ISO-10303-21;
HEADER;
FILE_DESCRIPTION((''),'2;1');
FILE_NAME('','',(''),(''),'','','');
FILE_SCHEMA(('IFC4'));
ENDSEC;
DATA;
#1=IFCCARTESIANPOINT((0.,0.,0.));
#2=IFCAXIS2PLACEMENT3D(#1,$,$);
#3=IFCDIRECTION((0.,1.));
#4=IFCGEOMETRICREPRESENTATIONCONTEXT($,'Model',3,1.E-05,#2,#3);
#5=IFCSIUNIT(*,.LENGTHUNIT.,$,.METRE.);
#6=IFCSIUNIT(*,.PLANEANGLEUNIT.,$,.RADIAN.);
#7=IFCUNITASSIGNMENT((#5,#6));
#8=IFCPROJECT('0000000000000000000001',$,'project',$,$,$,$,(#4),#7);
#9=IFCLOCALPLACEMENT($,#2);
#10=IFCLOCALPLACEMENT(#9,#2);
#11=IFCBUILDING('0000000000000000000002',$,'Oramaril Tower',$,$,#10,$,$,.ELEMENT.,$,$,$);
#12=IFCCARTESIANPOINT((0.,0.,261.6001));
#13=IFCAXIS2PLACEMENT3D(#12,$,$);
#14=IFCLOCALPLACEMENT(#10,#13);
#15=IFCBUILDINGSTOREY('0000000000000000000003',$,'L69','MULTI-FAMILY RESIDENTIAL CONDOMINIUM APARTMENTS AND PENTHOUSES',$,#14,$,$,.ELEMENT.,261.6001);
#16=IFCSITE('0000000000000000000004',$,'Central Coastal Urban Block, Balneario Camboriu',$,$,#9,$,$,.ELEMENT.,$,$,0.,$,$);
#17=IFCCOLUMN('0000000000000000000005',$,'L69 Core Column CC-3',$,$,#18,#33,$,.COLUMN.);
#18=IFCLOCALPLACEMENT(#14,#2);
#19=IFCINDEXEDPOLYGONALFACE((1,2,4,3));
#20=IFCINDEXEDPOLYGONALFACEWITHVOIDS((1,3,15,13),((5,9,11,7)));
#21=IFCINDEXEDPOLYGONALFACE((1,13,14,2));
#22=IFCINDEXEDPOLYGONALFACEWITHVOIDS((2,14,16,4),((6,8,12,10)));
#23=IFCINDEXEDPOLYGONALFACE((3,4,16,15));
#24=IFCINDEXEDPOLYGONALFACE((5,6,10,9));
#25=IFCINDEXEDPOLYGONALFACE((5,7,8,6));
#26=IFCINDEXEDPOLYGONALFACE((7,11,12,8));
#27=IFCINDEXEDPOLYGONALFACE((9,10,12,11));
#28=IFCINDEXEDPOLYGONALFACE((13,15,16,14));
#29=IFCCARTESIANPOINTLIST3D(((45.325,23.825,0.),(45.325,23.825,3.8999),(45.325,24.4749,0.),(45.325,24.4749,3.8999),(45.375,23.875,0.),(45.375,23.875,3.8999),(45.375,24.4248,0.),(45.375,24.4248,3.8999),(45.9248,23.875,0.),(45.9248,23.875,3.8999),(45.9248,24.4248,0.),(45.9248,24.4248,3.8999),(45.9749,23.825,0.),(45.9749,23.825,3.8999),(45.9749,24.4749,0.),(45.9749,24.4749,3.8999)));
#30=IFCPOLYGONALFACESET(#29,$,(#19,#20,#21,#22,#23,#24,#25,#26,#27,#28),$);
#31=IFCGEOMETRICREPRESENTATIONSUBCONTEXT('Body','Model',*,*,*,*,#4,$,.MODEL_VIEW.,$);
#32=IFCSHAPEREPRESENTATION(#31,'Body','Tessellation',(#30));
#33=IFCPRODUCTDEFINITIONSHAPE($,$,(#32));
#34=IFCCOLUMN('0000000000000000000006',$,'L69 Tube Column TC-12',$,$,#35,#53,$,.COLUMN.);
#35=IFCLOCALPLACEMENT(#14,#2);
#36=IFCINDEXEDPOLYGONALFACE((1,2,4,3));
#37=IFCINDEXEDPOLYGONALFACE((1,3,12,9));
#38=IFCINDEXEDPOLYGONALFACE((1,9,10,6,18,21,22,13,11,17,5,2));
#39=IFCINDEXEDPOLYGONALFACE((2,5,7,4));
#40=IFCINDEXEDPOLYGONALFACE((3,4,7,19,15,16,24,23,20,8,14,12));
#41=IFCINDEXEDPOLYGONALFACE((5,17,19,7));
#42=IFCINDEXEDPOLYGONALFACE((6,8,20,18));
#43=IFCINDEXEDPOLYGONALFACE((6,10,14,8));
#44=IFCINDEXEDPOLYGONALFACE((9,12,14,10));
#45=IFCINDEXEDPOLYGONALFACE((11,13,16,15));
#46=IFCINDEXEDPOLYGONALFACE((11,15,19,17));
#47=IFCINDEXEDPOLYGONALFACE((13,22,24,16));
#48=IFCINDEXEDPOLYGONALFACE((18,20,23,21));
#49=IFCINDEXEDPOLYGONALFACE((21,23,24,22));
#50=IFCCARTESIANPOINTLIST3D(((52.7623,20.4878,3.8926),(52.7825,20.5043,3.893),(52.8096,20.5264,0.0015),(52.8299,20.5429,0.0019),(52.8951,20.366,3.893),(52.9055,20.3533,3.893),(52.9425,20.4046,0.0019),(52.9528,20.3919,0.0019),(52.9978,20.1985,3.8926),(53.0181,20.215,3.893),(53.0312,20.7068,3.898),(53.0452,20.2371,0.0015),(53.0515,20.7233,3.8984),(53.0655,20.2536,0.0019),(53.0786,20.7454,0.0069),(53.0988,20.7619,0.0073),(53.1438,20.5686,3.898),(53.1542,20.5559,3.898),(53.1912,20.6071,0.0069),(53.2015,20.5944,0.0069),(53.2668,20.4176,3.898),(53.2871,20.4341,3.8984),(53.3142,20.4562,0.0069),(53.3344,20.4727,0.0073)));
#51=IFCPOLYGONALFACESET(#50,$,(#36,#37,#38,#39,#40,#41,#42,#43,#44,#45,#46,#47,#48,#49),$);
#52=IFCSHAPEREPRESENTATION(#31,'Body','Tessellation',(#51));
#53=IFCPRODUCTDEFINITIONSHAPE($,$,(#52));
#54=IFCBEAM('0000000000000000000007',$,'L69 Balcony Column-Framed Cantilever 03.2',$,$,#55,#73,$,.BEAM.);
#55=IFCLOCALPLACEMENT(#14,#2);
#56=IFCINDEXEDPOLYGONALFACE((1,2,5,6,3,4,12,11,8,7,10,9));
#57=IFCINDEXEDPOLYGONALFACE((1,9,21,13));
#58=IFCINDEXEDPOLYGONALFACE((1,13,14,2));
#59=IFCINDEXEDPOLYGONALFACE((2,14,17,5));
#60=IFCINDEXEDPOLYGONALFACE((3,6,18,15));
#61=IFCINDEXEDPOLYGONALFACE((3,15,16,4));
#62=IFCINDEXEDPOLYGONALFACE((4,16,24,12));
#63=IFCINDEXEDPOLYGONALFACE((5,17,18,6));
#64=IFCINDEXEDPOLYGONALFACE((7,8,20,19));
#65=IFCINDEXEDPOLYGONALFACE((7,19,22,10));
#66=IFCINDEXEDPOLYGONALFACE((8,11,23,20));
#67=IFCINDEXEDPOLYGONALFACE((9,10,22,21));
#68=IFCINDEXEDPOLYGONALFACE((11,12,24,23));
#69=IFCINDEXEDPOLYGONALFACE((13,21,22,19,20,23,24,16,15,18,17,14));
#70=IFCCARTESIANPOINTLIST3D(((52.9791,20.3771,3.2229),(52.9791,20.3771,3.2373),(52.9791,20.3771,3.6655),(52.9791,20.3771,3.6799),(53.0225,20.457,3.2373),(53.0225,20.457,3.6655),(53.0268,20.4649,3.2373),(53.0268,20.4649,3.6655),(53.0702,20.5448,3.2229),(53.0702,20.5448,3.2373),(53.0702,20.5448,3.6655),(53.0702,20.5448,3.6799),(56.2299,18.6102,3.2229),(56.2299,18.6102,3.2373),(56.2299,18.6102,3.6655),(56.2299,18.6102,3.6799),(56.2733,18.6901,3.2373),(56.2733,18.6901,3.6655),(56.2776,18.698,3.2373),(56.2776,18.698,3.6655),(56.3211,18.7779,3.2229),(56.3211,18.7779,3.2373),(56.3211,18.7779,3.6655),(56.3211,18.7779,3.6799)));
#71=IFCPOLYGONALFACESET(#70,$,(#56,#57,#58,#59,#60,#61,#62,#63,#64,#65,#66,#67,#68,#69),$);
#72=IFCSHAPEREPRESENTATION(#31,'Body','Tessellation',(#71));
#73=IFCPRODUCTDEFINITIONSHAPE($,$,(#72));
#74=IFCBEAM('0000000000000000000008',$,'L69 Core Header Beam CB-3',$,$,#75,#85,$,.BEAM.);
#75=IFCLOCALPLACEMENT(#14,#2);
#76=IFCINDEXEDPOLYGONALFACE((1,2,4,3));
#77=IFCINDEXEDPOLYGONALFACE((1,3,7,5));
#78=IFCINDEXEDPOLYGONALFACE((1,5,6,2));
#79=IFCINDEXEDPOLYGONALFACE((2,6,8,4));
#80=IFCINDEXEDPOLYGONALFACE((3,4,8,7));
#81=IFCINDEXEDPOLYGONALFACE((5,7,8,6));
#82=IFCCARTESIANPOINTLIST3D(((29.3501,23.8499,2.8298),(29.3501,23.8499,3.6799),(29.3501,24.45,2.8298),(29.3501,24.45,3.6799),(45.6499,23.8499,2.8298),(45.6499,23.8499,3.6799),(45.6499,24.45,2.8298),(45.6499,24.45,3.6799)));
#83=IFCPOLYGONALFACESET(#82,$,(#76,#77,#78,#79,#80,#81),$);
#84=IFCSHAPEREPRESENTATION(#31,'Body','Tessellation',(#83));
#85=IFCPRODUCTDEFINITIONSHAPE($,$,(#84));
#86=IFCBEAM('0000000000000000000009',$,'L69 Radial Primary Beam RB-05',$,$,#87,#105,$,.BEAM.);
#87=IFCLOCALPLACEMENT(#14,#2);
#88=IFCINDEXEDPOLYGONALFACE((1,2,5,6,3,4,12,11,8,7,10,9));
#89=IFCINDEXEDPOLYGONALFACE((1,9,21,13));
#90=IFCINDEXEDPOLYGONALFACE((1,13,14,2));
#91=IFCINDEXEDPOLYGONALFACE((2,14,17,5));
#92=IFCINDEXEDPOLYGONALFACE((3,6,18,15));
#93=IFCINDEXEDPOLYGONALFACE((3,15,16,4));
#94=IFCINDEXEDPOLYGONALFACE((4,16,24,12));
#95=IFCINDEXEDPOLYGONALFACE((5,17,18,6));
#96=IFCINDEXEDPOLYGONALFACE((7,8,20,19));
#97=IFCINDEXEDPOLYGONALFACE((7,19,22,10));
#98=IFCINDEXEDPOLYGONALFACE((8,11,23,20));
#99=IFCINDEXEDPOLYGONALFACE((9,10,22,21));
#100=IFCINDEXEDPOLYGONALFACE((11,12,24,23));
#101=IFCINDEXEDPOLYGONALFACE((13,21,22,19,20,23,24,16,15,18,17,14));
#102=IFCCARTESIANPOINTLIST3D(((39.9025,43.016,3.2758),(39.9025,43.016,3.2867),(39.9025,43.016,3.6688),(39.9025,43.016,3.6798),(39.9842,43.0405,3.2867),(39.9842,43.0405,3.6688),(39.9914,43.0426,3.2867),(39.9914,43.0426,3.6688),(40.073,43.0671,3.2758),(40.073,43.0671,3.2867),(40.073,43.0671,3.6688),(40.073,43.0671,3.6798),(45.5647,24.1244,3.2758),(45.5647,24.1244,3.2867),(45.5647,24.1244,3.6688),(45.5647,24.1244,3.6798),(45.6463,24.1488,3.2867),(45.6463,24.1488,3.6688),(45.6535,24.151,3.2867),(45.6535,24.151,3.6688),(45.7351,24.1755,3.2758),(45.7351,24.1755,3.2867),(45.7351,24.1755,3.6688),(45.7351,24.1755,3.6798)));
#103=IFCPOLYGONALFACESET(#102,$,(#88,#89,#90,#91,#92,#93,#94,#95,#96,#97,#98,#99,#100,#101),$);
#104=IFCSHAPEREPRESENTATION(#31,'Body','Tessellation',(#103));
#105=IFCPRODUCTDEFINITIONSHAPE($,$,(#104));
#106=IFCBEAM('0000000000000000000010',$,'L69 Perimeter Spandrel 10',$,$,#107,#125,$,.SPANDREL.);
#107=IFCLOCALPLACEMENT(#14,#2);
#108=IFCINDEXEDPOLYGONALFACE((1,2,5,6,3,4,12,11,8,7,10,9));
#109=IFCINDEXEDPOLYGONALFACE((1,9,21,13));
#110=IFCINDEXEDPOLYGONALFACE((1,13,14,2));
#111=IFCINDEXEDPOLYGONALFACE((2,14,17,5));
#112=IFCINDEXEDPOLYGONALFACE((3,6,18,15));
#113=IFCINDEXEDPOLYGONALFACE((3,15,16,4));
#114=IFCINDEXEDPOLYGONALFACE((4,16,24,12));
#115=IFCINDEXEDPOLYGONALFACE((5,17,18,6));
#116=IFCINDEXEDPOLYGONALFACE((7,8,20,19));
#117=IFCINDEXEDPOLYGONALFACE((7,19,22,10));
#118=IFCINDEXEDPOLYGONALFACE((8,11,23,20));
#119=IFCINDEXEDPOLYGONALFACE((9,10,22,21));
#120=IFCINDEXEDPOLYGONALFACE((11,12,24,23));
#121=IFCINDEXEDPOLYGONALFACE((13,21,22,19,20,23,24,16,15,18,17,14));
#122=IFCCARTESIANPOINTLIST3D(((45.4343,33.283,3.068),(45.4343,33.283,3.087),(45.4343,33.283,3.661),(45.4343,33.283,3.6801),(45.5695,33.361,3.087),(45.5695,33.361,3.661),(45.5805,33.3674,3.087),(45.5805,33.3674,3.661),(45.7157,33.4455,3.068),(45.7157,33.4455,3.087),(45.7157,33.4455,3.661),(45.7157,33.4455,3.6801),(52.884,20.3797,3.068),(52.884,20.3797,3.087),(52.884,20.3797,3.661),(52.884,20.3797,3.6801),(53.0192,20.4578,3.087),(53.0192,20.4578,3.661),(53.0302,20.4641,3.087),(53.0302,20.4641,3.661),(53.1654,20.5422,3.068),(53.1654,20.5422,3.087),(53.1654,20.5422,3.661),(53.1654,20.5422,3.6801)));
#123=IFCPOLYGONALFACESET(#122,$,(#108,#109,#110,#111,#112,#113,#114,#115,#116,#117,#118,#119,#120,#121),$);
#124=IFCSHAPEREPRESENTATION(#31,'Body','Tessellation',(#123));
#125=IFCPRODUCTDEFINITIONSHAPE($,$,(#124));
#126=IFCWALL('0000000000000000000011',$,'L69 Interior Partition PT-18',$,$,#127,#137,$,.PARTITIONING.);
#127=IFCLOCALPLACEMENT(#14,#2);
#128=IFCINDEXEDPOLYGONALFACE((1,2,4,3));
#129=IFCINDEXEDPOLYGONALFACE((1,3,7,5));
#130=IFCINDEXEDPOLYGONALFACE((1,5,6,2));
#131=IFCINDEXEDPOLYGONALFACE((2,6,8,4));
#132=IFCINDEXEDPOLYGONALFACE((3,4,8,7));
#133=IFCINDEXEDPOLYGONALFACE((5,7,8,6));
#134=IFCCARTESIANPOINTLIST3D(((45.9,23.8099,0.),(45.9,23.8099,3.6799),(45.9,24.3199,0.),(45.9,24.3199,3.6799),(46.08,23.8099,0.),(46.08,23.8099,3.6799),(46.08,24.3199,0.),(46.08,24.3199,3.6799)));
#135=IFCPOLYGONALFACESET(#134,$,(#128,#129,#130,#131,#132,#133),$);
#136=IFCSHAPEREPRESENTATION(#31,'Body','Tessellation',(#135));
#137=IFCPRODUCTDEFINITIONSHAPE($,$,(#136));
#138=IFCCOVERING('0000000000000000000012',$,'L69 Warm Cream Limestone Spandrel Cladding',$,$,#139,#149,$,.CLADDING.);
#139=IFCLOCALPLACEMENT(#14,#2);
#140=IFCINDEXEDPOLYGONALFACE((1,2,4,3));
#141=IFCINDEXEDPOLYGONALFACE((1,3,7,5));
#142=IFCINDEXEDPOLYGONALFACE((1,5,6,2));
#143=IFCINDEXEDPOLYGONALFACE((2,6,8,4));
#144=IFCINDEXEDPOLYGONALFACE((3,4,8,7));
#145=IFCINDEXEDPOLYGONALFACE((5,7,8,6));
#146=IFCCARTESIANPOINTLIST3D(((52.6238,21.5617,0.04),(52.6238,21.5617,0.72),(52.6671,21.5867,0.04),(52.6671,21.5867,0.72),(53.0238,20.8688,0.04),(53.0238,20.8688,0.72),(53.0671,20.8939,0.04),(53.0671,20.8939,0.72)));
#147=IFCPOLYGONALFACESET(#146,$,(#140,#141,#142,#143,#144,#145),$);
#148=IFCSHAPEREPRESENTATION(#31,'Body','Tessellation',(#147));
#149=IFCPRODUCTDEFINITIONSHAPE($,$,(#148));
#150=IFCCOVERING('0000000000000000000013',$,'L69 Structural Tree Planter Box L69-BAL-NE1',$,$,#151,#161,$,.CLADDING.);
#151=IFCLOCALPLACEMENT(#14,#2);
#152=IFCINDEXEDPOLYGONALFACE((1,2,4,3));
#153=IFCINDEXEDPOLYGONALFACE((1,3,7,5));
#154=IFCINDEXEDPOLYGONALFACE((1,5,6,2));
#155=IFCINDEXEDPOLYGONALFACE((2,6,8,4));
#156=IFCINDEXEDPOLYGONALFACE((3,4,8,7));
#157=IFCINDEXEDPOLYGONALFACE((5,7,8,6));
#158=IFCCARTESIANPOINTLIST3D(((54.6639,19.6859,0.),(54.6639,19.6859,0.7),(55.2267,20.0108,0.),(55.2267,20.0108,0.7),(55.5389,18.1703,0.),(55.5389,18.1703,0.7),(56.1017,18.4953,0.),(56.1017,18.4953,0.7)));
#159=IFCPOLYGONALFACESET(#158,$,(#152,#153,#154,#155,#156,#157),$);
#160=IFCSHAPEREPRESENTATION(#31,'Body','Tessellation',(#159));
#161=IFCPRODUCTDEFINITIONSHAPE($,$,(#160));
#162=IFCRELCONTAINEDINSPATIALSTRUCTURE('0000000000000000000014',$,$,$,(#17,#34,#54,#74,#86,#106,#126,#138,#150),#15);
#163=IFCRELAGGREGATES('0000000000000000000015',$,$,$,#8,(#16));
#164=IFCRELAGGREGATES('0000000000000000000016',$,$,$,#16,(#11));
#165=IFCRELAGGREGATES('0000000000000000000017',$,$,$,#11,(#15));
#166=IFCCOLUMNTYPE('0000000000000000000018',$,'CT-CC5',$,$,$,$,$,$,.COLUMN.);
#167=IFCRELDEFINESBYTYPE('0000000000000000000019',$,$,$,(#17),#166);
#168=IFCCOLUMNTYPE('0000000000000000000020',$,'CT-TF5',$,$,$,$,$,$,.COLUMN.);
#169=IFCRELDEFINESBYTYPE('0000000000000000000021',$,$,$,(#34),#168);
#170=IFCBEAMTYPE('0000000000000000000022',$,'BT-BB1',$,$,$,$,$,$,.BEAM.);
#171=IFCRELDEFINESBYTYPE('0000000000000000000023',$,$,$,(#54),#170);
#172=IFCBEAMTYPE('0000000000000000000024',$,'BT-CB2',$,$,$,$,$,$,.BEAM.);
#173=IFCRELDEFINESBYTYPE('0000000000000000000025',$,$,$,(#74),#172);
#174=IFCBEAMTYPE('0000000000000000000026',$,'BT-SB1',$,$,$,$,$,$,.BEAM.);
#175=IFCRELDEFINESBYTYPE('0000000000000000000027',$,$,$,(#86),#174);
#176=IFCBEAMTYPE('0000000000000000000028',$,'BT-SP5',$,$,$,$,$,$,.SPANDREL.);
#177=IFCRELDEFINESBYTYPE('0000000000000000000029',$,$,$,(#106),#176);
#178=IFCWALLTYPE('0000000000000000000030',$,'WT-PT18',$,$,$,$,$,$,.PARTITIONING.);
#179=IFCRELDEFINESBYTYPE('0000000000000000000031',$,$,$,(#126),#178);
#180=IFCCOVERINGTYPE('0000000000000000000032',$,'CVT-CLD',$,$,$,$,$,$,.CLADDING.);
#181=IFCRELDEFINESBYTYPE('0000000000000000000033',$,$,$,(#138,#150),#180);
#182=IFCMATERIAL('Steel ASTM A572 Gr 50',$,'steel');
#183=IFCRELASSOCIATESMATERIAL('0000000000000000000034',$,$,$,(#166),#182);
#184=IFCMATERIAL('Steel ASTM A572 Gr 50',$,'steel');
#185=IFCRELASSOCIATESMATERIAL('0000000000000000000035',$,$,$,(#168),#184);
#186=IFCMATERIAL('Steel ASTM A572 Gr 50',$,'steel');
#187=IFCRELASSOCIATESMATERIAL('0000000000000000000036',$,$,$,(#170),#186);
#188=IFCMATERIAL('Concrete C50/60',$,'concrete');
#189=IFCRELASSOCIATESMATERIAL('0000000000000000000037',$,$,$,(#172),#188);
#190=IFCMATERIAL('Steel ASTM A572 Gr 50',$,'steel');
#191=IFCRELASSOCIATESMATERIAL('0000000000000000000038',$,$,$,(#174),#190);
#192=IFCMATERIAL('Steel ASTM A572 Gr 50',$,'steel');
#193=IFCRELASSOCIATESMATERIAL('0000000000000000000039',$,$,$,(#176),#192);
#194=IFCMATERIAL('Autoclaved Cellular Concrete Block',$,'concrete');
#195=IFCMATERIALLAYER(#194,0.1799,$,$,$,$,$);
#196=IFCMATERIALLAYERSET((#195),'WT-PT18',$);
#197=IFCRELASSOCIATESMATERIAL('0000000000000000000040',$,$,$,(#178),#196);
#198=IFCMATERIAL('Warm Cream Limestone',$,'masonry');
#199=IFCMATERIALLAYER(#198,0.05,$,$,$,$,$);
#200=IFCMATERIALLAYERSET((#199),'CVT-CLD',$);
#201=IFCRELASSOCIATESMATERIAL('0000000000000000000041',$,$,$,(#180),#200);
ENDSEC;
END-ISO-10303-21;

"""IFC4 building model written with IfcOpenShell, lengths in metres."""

from ifc_helpers import new_model, si_unit, direction, frame, frame_2d, origin, origin_2d, place, context, subcontext, project, spatial, rectangle, hollow_rectangle, i_section, extrude, material, layer, layer_set, material_profile, profile_set, type_object, element, save


model = new_model("IFC4")

# Units and contexts
model_context = context("Model", 3, precision=1e-05, world=origin(), true_north=direction((0.0, 1.0)))
body_context = subcontext(model_context, "Body", "Model", "MODEL_VIEW")
ifc_project = project(units=[si_unit("LENGTHUNIT", "METRE"), si_unit("PLANEANGLEUNIT", "RADIAN")], contexts=[model_context])

# Site, building, storey
site_placement = place(None, origin())
site = spatial("IfcSite", under=ifc_project, at=site_placement, Name="Central Coastal Urban Block, Balneario Camboriu", CompositionType="ELEMENT", RefElevation=0.0)
building_placement = place(site_placement, origin())
building = spatial("IfcBuilding", under=site, at=building_placement, Name="Oramaril Tower", CompositionType="ELEMENT")
storey_placement = place(building_placement, frame((0.0, 0.0, 261.6001)))
storey = spatial("IfcBuildingStorey", under=building, at=storey_placement, Name="L69", Description="MULTI-FAMILY RESIDENTIAL CONDOMINIUM APARTMENTS AND PENTHOUSES", CompositionType="ELEMENT", Elevation=261.6001)

# Columns
ifc_material_1 = material(Name="Steel ASTM A572 Gr 50", Category="steel")
ifc_material_profile_1 = material_profile(ifc_material_1, hollow_rectangle(XDim=0.6499, YDim=0.6499, WallThickness=0.05, at=origin_2d()), Name="BOX650X650X50")
ifc_profile_set_1 = profile_set([ifc_material_profile_1], Name="Steel ASTM A572 Gr 50")
column_type_1 = type_object("IfcColumnType", Name="CT-CC5", PredefinedType="COLUMN", material=ifc_profile_set_1)
column_1_placement = place(storey_placement, frame((45.6499, 24.1499, 0.0), z_axis=(0.0, 0.0, 1.0), x_axis=(1.0, 0.0, 0.0)))
element("IfcColumn", 1, at=column_1_placement, inside=storey, type_object=column_type_1, Name="L69 Core Column CC-3", PredefinedType="COLUMN", context=body_context, shape_type="SweptSolid", body=[
    extrude(hollow_rectangle(XDim=0.6499, YDim=0.6499, WallThickness=0.05, at=origin_2d()), origin(), (0.0, 0.0, 1.0), 3.8999),
])
ifc_material_2 = material(Name="Steel ASTM A572 Gr 50", Category="steel")
ifc_material_profile_2 = material_profile(ifc_material_2, i_section(OverallWidth=0.373, OverallDepth=0.373, WebThickness=0.0164, FlangeThickness=0.0261, at=origin_2d()), Name="W14X132")
ifc_profile_set_2 = profile_set([ifc_material_profile_2], Name="Steel ASTM A572 Gr 50")
column_type_2 = type_object("IfcColumnType", Name="CT-TF5", PredefinedType="COLUMN", material=ifc_profile_set_2)
column_2_placement = place(storey_placement, frame((53.072, 20.4995, 0.0044), z_axis=(-0.012171, -0.009912, 0.999877), x_axis=(0.631495, -0.77538, 0.0)))
element("IfcColumn", 2, at=column_2_placement, inside=storey, type_object=column_type_2, Name="L69 Tube Column TC-12", PredefinedType="COLUMN", context=body_context, shape_type="SweptSolid", body=[
    extrude(i_section(OverallWidth=0.373, OverallDepth=0.373, WebThickness=0.0164, FlangeThickness=0.0261, at=origin_2d()), origin(), (0.0, 0.0, 1.0), 3.8916),
])

# Beams
ifc_material_3 = material(Name="Steel ASTM A572 Gr 50", Category="steel")
ifc_material_profile_3 = material_profile(ifc_material_3, i_section(OverallWidth=0.1909, OverallDepth=0.457, WebThickness=0.009, FlangeThickness=0.0144, at=origin_2d()), Name="W18X50")
ifc_profile_set_3 = profile_set([ifc_material_profile_3], Name="Steel ASTM A572 Gr 50")
beam_type_1 = type_object("IfcBeamType", Name="BT-BB1", PredefinedType="BEAM", material=ifc_profile_set_3)
beam_1_placement = place(storey_placement, frame((53.0247, 20.4609, 3.4514), z_axis=(0.878608, -0.477543, 0.0), x_axis=(0.477543, 0.878608, 0.0)))
element("IfcBeam", 3, at=beam_1_placement, inside=storey, type_object=beam_type_1, Name="L69 Balcony Column-Framed Cantilever 03.2", PredefinedType="BEAM", context=body_context, shape_type="SweptSolid", body=[
    extrude(i_section(OverallWidth=0.1909, OverallDepth=0.457, WebThickness=0.009, FlangeThickness=0.0144, at=origin_2d()), origin(), (0.0, 0.0, 1.0), 3.7),
])
ifc_material_4 = material(Name="Concrete C50/60", Category="concrete")
ifc_material_profile_4 = material_profile(ifc_material_4, rectangle(XDim=0.6001, YDim=0.8501, at=origin_2d()), Name="CB600X850")
ifc_profile_set_4 = profile_set([ifc_material_profile_4], Name="Concrete C50/60")
beam_type_2 = type_object("IfcBeamType", Name="BT-CB2", PredefinedType="BEAM", material=ifc_profile_set_4)
beam_2_placement = place(storey_placement, frame((45.6499, 24.1499, 3.2549), z_axis=(-1.0, 0.0, 0.0), x_axis=(0.0, -1.0, 0.0)))
element("IfcBeam", 4, at=beam_2_placement, inside=storey, type_object=beam_type_2, Name="L69 Core Header Beam CB-3", PredefinedType="BEAM", context=body_context, shape_type="SweptSolid", body=[
    extrude(rectangle(XDim=0.6001, YDim=0.8501, at=origin_2d()), origin(), (0.0, 0.0, 1.0), 16.2998),
])
ifc_material_5 = material(Name="Steel ASTM A572 Gr 50", Category="steel")
ifc_material_profile_5 = material_profile(ifc_material_5, i_section(OverallWidth=0.178, OverallDepth=0.4041, WebThickness=0.0076, FlangeThickness=0.011, at=origin_2d()), Name="W16X36")
ifc_profile_set_5 = profile_set([ifc_material_profile_5], Name="Steel ASTM A572 Gr 50")
beam_type_3 = type_object("IfcBeamType", Name="BT-SB1", PredefinedType="BEAM", material=ifc_profile_set_5)
beam_3_placement = place(storey_placement, frame((45.6499, 24.1499, 3.4778), z_axis=(-0.287098, 0.957901, 0.0), x_axis=(-0.957901, -0.287098, 0.0)))
element("IfcBeam", 5, at=beam_3_placement, inside=storey, type_object=beam_type_3, Name="L69 Radial Primary Beam RB-05", PredefinedType="BEAM", context=body_context, shape_type="SweptSolid", body=[
    extrude(i_section(OverallWidth=0.178, OverallDepth=0.4041, WebThickness=0.0076, FlangeThickness=0.011, at=origin_2d()), origin(), (0.0, 0.0, 1.0), 19.7219),
])
ifc_material_6 = material(Name="Steel ASTM A572 Gr 50", Category="steel")
ifc_material_profile_6 = material_profile(ifc_material_6, i_section(OverallWidth=0.325, OverallDepth=0.6121, WebThickness=0.0127, FlangeThickness=0.019, at=origin_2d()), Name="W24X104")
ifc_profile_set_6 = profile_set([ifc_material_profile_6], Name="Steel ASTM A572 Gr 50")
beam_type_4 = type_object("IfcBeamType", Name="BT-SP5", PredefinedType="SPANDREL", material=ifc_profile_set_6)
beam_4_placement = place(storey_placement, frame((53.0247, 20.4609, 3.374), z_axis=(-0.499999, 0.866026, 0.0), x_axis=(-0.866026, -0.499999, 0.0)))
element("IfcBeam", 6, at=beam_4_placement, inside=storey, type_object=beam_type_4, Name="L69 Perimeter Spandrel 10", PredefinedType="SPANDREL", context=body_context, shape_type="SweptSolid", body=[
    extrude(i_section(OverallWidth=0.325, OverallDepth=0.6121, WebThickness=0.0127, FlangeThickness=0.019, at=origin_2d()), origin(), (0.0, 0.0, 1.0), 14.8994),
])

# Wall
ifc_material_7 = material(Name="Autoclaved Cellular Concrete Block", Category="concrete")
ifc_layer_1 = layer(ifc_material_7, 0.1799)
ifc_layer_set_1 = layer_set([ifc_layer_1], Name="WT-PT18")
wall_type = type_object("IfcWallType", Name="WT-PT18", PredefinedType="PARTITIONING", material=ifc_layer_set_1)
wall_placement = place(storey_placement, frame((45.99, 23.8101, 0.0), z_axis=(0.0, 0.0, 1.0), x_axis=(0.0, 1.0, 0.0)))
element("IfcWall", 7, at=wall_placement, inside=storey, type_object=wall_type, Name="L69 Interior Partition PT-18", PredefinedType="PARTITIONING", context=body_context, shape_type="SweptSolid", body=[
    extrude(rectangle(XDim=0.51, YDim=0.1799, at=frame_2d((0.2549, 0.0))), origin(), (0.0, 0.0, 1.0), 3.6799),
])

# Coverings
ifc_material_8 = material(Name="Warm Cream Limestone", Category="masonry")
ifc_layer_2 = layer(ifc_material_8, 0.05)
ifc_layer_set_2 = layer_set([ifc_layer_2], Name="CVT-CLD")
covering_type = type_object("IfcCoveringType", Name="CVT-CLD", PredefinedType="CLADDING", material=ifc_layer_set_2)
covering_1_placement = place(storey_placement, frame((52.8455, 21.2278, 0.04), z_axis=(0.0, 0.0, 1.0), x_axis=(-0.5, 0.866025, 0.0)))
element("IfcCovering", 8, at=covering_1_placement, inside=storey, type_object=covering_type, Name="L69 Warm Cream Limestone Spandrel Cladding", PredefinedType="CLADDING", context=body_context, shape_type="SweptSolid", body=[
    extrude(rectangle(XDim=0.8, YDim=0.05, at=origin_2d()), origin(), (0.0, 0.0, 1.0), 0.6799),
])
covering_2_placement = place(storey_placement, frame((55.3828, 19.0906, 0.0), z_axis=(0.0, 0.0, 1.0), x_axis=(-0.5, 0.866025, 0.0)))
element("IfcCovering", 9, at=covering_2_placement, inside=storey, type_object=covering_type, Name="L69 Structural Tree Planter Box L69-BAL-NE1", PredefinedType="CLADDING", context=body_context, shape_type="SweptSolid", body=[
    extrude(rectangle(XDim=1.75, YDim=0.6499, at=origin_2d()), origin(), (0.0, 0.0, 1.0), 0.7),
])

save(model, "model.ifc")
